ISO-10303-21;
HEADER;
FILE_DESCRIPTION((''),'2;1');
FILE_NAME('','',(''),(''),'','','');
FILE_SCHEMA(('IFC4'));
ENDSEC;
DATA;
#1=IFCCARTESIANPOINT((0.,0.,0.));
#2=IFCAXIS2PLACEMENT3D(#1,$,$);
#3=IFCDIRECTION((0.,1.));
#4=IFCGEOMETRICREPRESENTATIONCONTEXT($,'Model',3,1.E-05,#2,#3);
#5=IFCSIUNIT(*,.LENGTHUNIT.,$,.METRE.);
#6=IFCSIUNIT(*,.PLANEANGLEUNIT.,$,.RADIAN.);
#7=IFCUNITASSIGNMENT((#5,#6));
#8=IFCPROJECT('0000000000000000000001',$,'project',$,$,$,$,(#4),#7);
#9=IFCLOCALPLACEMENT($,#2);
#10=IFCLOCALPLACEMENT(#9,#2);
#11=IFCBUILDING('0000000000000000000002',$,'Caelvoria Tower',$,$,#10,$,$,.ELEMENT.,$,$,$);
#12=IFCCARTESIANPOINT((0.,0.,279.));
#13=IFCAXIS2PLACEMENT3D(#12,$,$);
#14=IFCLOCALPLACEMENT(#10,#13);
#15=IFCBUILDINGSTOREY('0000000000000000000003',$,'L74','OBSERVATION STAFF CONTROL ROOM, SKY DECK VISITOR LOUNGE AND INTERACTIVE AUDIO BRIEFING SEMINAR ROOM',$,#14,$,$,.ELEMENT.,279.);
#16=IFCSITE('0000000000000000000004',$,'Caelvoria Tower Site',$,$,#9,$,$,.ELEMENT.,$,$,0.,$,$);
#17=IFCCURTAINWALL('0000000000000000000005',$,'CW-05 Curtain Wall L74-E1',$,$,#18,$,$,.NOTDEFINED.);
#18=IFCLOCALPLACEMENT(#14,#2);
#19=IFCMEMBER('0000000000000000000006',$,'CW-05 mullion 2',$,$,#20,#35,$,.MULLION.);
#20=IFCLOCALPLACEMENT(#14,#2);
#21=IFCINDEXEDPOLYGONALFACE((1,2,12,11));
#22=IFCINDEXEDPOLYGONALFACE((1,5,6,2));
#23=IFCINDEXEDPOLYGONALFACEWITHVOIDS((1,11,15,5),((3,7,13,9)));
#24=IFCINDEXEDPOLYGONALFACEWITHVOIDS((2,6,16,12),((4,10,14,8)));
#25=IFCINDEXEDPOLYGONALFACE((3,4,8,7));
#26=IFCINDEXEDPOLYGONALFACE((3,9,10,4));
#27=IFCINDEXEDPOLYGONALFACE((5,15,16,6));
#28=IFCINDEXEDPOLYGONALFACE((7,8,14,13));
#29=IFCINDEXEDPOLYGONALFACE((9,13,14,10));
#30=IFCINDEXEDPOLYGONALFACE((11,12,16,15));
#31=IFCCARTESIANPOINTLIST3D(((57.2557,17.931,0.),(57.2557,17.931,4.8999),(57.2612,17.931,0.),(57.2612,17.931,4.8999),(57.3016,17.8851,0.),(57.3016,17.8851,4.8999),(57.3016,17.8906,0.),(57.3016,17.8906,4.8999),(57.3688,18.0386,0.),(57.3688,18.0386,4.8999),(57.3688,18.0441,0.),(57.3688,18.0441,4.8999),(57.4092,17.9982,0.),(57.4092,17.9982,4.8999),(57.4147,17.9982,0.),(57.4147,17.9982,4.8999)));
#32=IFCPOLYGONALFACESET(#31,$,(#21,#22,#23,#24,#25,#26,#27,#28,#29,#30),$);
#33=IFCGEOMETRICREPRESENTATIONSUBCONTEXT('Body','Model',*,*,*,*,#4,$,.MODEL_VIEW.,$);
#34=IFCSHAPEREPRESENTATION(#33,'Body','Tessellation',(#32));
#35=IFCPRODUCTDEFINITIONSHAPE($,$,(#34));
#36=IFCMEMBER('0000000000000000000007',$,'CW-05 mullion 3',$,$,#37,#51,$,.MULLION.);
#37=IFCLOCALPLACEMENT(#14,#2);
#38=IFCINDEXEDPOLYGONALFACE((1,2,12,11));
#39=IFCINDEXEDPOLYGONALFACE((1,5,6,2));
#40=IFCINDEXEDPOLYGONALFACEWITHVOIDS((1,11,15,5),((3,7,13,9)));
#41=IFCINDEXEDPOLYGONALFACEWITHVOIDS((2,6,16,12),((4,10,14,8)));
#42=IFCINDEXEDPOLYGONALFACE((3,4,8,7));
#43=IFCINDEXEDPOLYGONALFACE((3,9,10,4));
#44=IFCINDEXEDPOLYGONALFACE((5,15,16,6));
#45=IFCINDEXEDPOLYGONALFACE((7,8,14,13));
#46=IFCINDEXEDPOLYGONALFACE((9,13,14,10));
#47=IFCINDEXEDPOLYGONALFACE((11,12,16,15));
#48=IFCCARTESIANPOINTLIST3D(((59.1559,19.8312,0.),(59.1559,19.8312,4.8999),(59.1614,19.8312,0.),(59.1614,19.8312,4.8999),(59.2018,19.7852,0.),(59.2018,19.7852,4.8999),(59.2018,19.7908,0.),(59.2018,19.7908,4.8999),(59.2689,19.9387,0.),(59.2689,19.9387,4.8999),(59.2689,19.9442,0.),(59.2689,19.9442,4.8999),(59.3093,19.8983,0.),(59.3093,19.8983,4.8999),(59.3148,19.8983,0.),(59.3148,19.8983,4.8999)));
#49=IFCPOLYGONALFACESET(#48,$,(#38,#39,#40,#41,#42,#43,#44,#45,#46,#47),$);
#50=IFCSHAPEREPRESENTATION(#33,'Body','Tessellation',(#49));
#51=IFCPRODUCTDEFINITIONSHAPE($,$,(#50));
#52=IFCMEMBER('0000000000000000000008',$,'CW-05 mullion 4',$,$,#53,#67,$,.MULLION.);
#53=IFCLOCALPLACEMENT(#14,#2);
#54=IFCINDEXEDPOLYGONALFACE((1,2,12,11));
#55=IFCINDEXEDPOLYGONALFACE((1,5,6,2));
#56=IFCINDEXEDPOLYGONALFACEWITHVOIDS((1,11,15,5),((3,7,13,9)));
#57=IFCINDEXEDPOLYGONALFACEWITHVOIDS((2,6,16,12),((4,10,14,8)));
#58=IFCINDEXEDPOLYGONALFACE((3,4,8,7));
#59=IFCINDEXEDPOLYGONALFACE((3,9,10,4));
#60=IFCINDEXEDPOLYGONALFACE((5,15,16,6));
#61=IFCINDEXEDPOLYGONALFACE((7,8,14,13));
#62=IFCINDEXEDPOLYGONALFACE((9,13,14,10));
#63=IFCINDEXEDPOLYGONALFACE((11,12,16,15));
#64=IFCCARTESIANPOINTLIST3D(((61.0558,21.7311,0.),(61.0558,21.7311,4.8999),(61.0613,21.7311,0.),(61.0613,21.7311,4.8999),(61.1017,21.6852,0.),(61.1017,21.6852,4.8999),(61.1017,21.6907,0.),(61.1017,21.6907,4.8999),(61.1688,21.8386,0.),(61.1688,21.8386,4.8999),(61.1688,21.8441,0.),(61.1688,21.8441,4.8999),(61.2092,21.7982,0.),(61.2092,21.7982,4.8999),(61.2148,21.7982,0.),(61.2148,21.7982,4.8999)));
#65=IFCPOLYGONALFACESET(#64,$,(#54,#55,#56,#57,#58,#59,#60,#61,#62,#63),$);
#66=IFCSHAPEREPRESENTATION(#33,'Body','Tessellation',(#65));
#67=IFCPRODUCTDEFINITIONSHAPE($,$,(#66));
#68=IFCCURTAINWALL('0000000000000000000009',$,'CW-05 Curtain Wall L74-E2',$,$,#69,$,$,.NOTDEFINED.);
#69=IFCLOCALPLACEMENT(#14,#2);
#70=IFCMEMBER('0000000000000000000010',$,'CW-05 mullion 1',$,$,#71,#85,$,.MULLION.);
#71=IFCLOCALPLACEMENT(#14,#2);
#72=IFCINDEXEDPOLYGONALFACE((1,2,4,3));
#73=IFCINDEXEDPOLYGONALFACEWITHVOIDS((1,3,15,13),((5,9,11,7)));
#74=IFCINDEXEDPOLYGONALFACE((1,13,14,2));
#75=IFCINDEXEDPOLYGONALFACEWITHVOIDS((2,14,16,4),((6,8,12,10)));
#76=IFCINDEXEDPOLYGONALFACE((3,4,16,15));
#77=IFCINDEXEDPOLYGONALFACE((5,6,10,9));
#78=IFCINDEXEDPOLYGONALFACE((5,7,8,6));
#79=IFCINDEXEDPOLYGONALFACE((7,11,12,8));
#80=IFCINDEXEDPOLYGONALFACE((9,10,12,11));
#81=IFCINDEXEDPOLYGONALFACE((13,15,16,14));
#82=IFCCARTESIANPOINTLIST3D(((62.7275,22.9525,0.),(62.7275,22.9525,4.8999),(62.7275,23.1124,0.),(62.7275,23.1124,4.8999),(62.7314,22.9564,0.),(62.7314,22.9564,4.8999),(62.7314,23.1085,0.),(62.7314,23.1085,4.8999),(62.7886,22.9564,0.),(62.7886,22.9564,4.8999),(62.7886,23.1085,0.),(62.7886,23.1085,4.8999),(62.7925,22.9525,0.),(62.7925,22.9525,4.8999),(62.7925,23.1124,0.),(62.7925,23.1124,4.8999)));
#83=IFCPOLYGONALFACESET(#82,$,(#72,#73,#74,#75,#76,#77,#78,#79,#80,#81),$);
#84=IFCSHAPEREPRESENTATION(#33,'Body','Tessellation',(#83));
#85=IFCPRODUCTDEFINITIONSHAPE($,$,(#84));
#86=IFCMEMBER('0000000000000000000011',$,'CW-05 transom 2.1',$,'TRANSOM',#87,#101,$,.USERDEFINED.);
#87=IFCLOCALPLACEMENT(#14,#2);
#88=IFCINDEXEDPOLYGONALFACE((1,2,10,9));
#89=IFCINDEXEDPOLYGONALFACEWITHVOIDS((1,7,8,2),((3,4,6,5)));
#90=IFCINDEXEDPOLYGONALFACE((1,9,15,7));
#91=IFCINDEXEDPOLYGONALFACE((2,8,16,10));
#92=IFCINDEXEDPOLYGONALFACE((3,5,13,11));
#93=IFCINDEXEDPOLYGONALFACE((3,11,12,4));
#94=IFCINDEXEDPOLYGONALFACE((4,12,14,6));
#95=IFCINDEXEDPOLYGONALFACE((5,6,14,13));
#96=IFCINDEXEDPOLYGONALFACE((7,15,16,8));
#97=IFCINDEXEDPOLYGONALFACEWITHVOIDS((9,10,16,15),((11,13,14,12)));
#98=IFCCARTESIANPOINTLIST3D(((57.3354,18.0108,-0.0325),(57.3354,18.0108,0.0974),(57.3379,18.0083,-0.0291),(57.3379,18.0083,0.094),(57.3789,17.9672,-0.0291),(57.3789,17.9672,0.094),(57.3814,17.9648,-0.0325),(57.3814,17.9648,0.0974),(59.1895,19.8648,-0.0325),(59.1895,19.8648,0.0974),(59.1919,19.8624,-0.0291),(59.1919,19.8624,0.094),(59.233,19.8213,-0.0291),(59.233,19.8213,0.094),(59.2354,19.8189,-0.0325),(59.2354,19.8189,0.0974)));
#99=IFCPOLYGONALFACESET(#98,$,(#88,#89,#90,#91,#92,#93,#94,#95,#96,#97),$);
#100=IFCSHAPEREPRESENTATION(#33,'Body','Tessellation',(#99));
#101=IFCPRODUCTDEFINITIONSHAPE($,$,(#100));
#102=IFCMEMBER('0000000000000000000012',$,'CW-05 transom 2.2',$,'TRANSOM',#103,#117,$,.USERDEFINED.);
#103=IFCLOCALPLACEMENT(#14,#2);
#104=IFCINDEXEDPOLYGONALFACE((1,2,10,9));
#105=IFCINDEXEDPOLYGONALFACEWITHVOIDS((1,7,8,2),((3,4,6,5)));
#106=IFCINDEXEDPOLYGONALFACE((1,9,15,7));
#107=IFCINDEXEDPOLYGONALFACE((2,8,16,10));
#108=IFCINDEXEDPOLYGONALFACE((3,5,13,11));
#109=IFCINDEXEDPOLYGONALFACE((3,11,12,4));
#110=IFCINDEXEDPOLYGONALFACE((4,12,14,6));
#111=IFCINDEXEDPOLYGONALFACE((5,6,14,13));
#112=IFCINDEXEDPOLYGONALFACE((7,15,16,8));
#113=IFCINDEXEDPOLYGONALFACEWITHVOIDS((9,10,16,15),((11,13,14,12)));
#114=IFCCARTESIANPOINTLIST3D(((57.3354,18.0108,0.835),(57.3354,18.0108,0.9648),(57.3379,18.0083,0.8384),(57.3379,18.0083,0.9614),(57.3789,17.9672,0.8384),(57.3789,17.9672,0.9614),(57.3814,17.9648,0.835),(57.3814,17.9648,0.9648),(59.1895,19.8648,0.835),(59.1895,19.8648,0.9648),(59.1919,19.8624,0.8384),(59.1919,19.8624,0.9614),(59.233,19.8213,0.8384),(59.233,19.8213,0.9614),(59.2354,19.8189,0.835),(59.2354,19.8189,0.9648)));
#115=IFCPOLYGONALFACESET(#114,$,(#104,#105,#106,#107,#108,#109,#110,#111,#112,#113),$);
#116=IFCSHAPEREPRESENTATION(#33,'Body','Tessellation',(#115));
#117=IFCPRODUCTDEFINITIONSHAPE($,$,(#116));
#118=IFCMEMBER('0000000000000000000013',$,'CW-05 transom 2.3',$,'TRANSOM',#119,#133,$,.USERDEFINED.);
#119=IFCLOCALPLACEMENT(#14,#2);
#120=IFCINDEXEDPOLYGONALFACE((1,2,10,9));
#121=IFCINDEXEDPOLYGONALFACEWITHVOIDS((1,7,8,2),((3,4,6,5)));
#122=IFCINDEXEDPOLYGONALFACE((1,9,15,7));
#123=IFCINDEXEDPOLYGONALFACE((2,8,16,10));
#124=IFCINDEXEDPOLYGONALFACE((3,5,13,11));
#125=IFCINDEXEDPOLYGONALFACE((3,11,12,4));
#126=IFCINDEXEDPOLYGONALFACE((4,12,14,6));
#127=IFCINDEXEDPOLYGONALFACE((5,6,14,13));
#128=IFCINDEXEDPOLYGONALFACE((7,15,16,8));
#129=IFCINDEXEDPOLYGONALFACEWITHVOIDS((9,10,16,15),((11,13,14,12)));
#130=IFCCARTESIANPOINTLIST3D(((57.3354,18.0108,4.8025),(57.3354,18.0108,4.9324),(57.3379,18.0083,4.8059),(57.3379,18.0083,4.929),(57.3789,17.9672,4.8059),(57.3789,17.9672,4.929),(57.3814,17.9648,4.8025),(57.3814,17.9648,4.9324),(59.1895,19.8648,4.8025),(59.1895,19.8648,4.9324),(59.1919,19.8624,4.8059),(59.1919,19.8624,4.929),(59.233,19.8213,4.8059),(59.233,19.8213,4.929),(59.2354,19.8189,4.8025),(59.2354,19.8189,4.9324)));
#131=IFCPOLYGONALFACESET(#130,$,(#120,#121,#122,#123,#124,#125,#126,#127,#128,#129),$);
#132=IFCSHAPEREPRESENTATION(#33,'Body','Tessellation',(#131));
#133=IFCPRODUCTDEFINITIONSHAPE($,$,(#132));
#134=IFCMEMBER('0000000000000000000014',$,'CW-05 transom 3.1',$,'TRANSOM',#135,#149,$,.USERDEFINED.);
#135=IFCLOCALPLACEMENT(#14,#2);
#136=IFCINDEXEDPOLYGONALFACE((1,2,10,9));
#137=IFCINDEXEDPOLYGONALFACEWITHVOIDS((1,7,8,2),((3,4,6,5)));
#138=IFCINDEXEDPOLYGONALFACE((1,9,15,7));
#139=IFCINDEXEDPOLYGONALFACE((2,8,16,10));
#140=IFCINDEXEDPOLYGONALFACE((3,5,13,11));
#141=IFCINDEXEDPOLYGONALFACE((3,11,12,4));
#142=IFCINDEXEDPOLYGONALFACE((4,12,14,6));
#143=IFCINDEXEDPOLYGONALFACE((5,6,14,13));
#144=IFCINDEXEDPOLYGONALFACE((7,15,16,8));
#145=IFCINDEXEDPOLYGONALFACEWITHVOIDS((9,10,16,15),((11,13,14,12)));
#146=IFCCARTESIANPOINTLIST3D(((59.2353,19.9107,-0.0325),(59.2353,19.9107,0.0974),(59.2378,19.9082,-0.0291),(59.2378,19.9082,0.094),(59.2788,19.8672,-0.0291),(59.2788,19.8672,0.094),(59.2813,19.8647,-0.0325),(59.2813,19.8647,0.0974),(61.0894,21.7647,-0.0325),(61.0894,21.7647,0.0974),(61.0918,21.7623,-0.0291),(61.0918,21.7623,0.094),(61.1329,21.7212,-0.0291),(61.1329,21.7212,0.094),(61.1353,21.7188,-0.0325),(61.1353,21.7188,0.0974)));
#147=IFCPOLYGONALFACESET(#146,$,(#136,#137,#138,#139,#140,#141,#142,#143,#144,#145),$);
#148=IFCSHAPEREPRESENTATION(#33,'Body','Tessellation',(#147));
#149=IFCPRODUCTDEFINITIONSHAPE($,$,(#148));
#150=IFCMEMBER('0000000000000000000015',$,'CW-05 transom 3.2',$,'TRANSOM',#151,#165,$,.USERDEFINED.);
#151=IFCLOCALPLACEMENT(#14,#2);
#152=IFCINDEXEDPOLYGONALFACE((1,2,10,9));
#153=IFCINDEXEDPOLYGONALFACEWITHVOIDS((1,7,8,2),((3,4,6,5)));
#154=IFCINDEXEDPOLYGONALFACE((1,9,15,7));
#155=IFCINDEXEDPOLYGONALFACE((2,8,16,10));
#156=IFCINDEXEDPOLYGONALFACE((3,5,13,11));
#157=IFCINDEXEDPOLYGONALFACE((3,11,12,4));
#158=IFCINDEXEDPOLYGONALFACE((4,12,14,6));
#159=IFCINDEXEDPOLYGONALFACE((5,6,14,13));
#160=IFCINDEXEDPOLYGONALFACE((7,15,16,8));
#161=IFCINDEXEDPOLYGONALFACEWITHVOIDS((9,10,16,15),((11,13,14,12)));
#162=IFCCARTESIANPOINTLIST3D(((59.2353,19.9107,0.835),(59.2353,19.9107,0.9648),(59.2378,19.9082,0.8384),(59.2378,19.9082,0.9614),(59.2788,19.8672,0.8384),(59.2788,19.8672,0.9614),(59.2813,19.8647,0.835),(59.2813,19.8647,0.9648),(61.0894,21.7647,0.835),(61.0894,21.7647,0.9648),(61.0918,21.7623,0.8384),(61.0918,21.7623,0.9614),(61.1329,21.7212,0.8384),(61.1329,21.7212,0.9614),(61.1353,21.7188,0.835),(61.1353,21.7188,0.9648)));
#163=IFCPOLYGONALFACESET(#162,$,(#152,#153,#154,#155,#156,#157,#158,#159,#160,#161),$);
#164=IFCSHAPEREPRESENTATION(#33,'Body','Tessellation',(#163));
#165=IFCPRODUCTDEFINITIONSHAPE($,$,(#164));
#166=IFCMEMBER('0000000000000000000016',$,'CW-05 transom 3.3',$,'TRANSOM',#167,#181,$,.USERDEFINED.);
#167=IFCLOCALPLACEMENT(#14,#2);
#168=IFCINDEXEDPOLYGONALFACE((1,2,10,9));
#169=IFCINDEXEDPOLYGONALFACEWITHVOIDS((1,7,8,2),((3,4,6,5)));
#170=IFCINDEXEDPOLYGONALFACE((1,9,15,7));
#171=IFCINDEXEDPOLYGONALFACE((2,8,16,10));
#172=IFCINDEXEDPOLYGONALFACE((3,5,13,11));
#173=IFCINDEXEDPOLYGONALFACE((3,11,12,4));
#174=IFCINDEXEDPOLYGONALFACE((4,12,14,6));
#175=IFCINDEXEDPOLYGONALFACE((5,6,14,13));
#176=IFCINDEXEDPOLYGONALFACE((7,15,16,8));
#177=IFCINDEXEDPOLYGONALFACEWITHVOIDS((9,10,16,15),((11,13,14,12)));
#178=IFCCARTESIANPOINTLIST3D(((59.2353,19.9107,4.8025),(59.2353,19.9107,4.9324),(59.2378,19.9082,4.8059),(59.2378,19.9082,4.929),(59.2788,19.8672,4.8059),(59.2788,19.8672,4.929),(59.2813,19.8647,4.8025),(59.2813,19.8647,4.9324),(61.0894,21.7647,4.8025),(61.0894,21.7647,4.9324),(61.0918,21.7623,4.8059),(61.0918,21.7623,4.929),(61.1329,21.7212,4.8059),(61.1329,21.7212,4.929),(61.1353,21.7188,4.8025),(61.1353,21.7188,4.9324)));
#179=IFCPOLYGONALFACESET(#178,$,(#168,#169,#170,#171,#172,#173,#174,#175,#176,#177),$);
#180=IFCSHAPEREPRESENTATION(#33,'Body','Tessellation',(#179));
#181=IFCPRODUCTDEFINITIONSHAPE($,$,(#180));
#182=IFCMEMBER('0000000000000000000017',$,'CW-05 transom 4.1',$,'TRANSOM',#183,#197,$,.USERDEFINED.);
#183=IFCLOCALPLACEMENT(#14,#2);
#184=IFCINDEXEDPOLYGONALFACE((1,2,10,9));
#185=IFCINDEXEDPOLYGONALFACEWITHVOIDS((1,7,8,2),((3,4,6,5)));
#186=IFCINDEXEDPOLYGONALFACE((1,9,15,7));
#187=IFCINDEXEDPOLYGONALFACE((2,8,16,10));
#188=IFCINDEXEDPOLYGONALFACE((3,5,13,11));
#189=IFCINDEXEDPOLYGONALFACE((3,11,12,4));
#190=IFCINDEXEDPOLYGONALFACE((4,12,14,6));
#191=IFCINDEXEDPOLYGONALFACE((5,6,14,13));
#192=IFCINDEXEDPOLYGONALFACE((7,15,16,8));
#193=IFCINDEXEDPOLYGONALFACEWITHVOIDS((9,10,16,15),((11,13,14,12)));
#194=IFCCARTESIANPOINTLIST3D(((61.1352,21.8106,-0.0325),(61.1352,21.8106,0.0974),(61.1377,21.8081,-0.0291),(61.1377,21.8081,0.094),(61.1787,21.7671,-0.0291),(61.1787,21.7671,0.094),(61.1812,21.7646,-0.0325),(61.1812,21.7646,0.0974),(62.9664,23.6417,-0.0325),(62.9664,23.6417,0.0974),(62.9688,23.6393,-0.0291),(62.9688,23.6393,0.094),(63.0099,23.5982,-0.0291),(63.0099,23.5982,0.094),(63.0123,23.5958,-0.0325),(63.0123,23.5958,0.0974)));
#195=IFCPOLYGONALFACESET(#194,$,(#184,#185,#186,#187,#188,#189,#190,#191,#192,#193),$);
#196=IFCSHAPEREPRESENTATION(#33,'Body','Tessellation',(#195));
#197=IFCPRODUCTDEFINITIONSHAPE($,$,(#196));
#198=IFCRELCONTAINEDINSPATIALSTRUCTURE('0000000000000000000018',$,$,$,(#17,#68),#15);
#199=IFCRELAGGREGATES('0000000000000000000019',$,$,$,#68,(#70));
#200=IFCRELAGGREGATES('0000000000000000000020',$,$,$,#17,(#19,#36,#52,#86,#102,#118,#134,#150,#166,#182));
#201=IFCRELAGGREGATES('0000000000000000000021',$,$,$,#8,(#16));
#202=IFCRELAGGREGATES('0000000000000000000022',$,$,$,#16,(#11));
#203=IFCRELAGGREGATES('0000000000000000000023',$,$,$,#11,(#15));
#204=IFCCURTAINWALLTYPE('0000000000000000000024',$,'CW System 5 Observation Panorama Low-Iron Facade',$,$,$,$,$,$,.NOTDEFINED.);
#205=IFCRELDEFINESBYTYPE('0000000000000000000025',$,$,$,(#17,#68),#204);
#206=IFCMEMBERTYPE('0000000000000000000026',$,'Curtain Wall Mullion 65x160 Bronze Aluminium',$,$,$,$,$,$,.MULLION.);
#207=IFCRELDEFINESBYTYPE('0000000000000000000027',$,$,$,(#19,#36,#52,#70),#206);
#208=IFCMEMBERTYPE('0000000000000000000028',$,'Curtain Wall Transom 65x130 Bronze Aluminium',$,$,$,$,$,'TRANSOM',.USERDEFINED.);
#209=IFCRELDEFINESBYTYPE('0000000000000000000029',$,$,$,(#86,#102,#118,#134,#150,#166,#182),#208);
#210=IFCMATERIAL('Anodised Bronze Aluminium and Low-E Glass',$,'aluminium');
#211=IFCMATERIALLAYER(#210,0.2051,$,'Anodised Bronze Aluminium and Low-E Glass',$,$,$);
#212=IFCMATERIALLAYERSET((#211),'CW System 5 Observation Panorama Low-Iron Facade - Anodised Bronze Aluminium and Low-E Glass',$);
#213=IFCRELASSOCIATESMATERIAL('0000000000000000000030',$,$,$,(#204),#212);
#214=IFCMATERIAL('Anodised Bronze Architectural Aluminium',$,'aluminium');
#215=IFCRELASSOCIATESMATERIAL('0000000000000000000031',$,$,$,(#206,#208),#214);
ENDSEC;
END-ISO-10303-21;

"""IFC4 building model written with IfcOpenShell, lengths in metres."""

from ifc_helpers import new_model, si_unit, direction, frame, origin, origin_2d, place, context, subcontext, project, spatial, hollow_rectangle, extrude, material, layer, layer_set, material_profile, profile_set, type_object, element, aggregate, save


model = new_model("IFC4")

# Units and contexts
model_context = context("Model", 3, precision=1e-05, world=origin(), true_north=direction((0.0, 1.0)))
body_context = subcontext(model_context, "Body", "Model", "MODEL_VIEW")
ifc_project = project(units=[si_unit("LENGTHUNIT", "METRE"), si_unit("PLANEANGLEUNIT", "RADIAN")], contexts=[model_context])

# Site, building, storey
site_placement = place(None, origin())
site = spatial("IfcSite", under=ifc_project, at=site_placement, Name="Caelvoria Tower Site", CompositionType="ELEMENT", RefElevation=0.0)
building_placement = place(site_placement, origin())
building = spatial("IfcBuilding", under=site, at=building_placement, Name="Caelvoria Tower", CompositionType="ELEMENT")
storey_placement = place(building_placement, frame((0.0, 0.0, 279.0)))
storey = spatial("IfcBuildingStorey", under=building, at=storey_placement, Name="L74", Description="OBSERVATION STAFF CONTROL ROOM, SKY DECK VISITOR LOUNGE AND INTERACTIVE AUDIO BRIEFING SEMINAR ROOM", CompositionType="ELEMENT", Elevation=279.0)

# Curtain wall, members
ifc_material_1 = material(Name="Anodised Bronze Aluminium and Low-E Glass", Category="aluminium")
ifc_layer_1 = layer(ifc_material_1, 0.2051, Name="Anodised Bronze Aluminium and Low-E Glass")
ifc_layer_set_1 = layer_set([ifc_layer_1], Name="CW System 5 Observation Panorama Low-Iron Facade - Anodised Bronze Aluminium and Low-E Glass")
curtain_wall_type = type_object("IfcCurtainWallType", Name="CW System 5 Observation Panorama Low-Iron Facade", PredefinedType="NOTDEFINED", material=ifc_layer_set_1)
curtain_wall_1_placement = place(storey_placement, origin())
curtain_wall_1 = element("IfcCurtainWall", 1, at=curtain_wall_1_placement, inside=storey, type_object=curtain_wall_type, Name="CW-05 Curtain Wall L74-E1", PredefinedType="NOTDEFINED")
ifc_material_2 = material(Name="Anodised Bronze Architectural Aluminium", Category="aluminium")
ifc_material_profile_1 = material_profile(ifc_material_2, hollow_rectangle(XDim=0.0649, YDim=0.1599, WallThickness=0.0039, at=origin_2d()), Name="Anodised Bronze Architectural Aluminium")
ifc_profile_set_1 = profile_set([ifc_material_profile_1], Name="CW_MULL_65X160 - Anodised Bronze Architectural Aluminium")
member_type_1 = type_object("IfcMemberType", Name="Curtain Wall Mullion 65x160 Bronze Aluminium", PredefinedType="MULLION", material=ifc_profile_set_1)
member_1_placement = place(storey_placement, frame((57.3352, 17.9646, 0.0), z_axis=(0.0, 0.0, 1.0), x_axis=(-0.707107, 0.707107, 0.0)))
member_1 = element("IfcMember", 2, at=member_1_placement, type_object=member_type_1, Name="CW-05 mullion 2", PredefinedType="MULLION", context=body_context, shape_type="SweptSolid", body=[
    extrude(hollow_rectangle(XDim=0.0649, YDim=0.1599, WallThickness=0.0039, at=origin_2d()), origin(), (0.0, 0.0, 1.0), 4.8999),
])
member_2_placement = place(storey_placement, frame((59.2354, 19.8647, 0.0), z_axis=(0.0, 0.0, 1.0), x_axis=(-0.707107, 0.707107, 0.0)))
member_2 = element("IfcMember", 3, at=member_2_placement, type_object=member_type_1, Name="CW-05 mullion 3", PredefinedType="MULLION", context=body_context, shape_type="SweptSolid", body=[
    extrude(hollow_rectangle(XDim=0.0649, YDim=0.1599, WallThickness=0.0039, at=origin_2d()), origin(), (0.0, 0.0, 1.0), 4.8999),
])
member_3_placement = place(storey_placement, frame((61.1353, 21.7646, 0.0), z_axis=(0.0, 0.0, 1.0), x_axis=(-0.707107, 0.707107, 0.0)))
member_3 = element("IfcMember", 4, at=member_3_placement, type_object=member_type_1, Name="CW-05 mullion 4", PredefinedType="MULLION", context=body_context, shape_type="SweptSolid", body=[
    extrude(hollow_rectangle(XDim=0.0649, YDim=0.1599, WallThickness=0.0039, at=origin_2d()), origin(), (0.0, 0.0, 1.0), 4.8999),
])

# Curtain wall, member
curtain_wall_2_placement = place(storey_placement, origin())
curtain_wall_2 = element("IfcCurtainWall", 5, at=curtain_wall_2_placement, inside=storey, type_object=curtain_wall_type, Name="CW-05 Curtain Wall L74-E2", PredefinedType="NOTDEFINED")
member_4_placement = place(storey_placement, frame((62.76, 23.0325, 0.0), z_axis=(0.0, 0.0, 1.0), x_axis=(-1.0, 0.0, 0.0)))
member_4 = element("IfcMember", 6, at=member_4_placement, type_object=member_type_1, Name="CW-05 mullion 1", PredefinedType="MULLION", context=body_context, shape_type="SweptSolid", body=[
    extrude(hollow_rectangle(XDim=0.0649, YDim=0.1599, WallThickness=0.0039, at=origin_2d()), origin(), (0.0, 0.0, 1.0), 4.8999),
])

# Members
ifc_material_profile_2 = material_profile(ifc_material_2, hollow_rectangle(XDim=0.0649, YDim=0.1299, WallThickness=0.0034, at=origin_2d()), Name="Anodised Bronze Architectural Aluminium")
ifc_profile_set_2 = profile_set([ifc_material_profile_2], Name="CW_TRAN_65X130 - Anodised Bronze Architectural Aluminium")
member_type_2 = type_object("IfcMemberType", Name="Curtain Wall Transom 65x130 Bronze Aluminium", ElementType="TRANSOM", PredefinedType="USERDEFINED", material=ifc_profile_set_2)
member_5_placement = place(storey_placement, frame((57.3584, 17.9878, 0.0325), z_axis=(0.707107, 0.707107, 0.0), x_axis=(-0.707107, 0.707107, 0.0)))
member_5 = element("IfcMember", 7, at=member_5_placement, type_object=member_type_2, Name="CW-05 transom 2.1", ObjectType="TRANSOM", PredefinedType="USERDEFINED", context=body_context, shape_type="SweptSolid", body=[
    extrude(hollow_rectangle(XDim=0.0649, YDim=0.1299, WallThickness=0.0034, at=origin_2d()), origin(), (0.0, 0.0, 1.0), 2.6221),
])
member_6_placement = place(storey_placement, frame((57.3584, 17.9878, 0.8999), z_axis=(0.707107, 0.707107, 0.0), x_axis=(-0.707107, 0.707107, 0.0)))
member_6 = element("IfcMember", 8, at=member_6_placement, type_object=member_type_2, Name="CW-05 transom 2.2", ObjectType="TRANSOM", PredefinedType="USERDEFINED", context=body_context, shape_type="SweptSolid", body=[
    extrude(hollow_rectangle(XDim=0.0649, YDim=0.1299, WallThickness=0.0034, at=origin_2d()), origin(), (0.0, 0.0, 1.0), 2.6221),
])
member_7_placement = place(storey_placement, frame((57.3584, 17.9878, 4.8674), z_axis=(0.707107, 0.707107, 0.0), x_axis=(-0.707107, 0.707107, 0.0)))
member_7 = element("IfcMember", 9, at=member_7_placement, type_object=member_type_2, Name="CW-05 transom 2.3", ObjectType="TRANSOM", PredefinedType="USERDEFINED", context=body_context, shape_type="SweptSolid", body=[
    extrude(hollow_rectangle(XDim=0.0649, YDim=0.1299, WallThickness=0.0034, at=origin_2d()), origin(), (0.0, 0.0, 1.0), 2.6221),
])
member_8_placement = place(storey_placement, frame((59.2583, 19.8877, 0.0325), z_axis=(0.707107, 0.707107, 0.0), x_axis=(-0.707107, 0.707107, 0.0)))
member_8 = element("IfcMember", 10, at=member_8_placement, type_object=member_type_2, Name="CW-05 transom 3.1", ObjectType="TRANSOM", PredefinedType="USERDEFINED", context=body_context, shape_type="SweptSolid", body=[
    extrude(hollow_rectangle(XDim=0.0649, YDim=0.1299, WallThickness=0.0034, at=origin_2d()), origin(), (0.0, 0.0, 1.0), 2.6221),
])
member_9_placement = place(storey_placement, frame((59.2583, 19.8877, 0.8999), z_axis=(0.707107, 0.707107, 0.0), x_axis=(-0.707107, 0.707107, 0.0)))
member_9 = element("IfcMember", 11, at=member_9_placement, type_object=member_type_2, Name="CW-05 transom 3.2", ObjectType="TRANSOM", PredefinedType="USERDEFINED", context=body_context, shape_type="SweptSolid", body=[
    extrude(hollow_rectangle(XDim=0.0649, YDim=0.1299, WallThickness=0.0034, at=origin_2d()), origin(), (0.0, 0.0, 1.0), 2.6221),
])
member_10_placement = place(storey_placement, frame((59.2583, 19.8877, 4.8674), z_axis=(0.707107, 0.707107, 0.0), x_axis=(-0.707107, 0.707107, 0.0)))
member_10 = element("IfcMember", 12, at=member_10_placement, type_object=member_type_2, Name="CW-05 transom 3.3", ObjectType="TRANSOM", PredefinedType="USERDEFINED", context=body_context, shape_type="SweptSolid", body=[
    extrude(hollow_rectangle(XDim=0.0649, YDim=0.1299, WallThickness=0.0034, at=origin_2d()), origin(), (0.0, 0.0, 1.0), 2.6221),
])
member_11_placement = place(storey_placement, frame((61.1582, 21.7876, 0.0325), z_axis=(0.707107, 0.707107, 0.0), x_axis=(-0.707107, 0.707107, 0.0)))
member_11 = element("IfcMember", 13, at=member_11_placement, type_object=member_type_2, Name="CW-05 transom 4.1", ObjectType="TRANSOM", PredefinedType="USERDEFINED", context=body_context, shape_type="SweptSolid", body=[
    extrude(hollow_rectangle(XDim=0.0649, YDim=0.1299, WallThickness=0.0034, at=origin_2d()), origin(), (0.0, 0.0, 1.0), 2.5896),
])
aggregate(curtain_wall_2, [member_4])

aggregate(curtain_wall_1, [member_1, member_2, member_3, member_5, member_6, member_7, member_8, member_9, member_10, member_11])

save(model, "model.ifc")
